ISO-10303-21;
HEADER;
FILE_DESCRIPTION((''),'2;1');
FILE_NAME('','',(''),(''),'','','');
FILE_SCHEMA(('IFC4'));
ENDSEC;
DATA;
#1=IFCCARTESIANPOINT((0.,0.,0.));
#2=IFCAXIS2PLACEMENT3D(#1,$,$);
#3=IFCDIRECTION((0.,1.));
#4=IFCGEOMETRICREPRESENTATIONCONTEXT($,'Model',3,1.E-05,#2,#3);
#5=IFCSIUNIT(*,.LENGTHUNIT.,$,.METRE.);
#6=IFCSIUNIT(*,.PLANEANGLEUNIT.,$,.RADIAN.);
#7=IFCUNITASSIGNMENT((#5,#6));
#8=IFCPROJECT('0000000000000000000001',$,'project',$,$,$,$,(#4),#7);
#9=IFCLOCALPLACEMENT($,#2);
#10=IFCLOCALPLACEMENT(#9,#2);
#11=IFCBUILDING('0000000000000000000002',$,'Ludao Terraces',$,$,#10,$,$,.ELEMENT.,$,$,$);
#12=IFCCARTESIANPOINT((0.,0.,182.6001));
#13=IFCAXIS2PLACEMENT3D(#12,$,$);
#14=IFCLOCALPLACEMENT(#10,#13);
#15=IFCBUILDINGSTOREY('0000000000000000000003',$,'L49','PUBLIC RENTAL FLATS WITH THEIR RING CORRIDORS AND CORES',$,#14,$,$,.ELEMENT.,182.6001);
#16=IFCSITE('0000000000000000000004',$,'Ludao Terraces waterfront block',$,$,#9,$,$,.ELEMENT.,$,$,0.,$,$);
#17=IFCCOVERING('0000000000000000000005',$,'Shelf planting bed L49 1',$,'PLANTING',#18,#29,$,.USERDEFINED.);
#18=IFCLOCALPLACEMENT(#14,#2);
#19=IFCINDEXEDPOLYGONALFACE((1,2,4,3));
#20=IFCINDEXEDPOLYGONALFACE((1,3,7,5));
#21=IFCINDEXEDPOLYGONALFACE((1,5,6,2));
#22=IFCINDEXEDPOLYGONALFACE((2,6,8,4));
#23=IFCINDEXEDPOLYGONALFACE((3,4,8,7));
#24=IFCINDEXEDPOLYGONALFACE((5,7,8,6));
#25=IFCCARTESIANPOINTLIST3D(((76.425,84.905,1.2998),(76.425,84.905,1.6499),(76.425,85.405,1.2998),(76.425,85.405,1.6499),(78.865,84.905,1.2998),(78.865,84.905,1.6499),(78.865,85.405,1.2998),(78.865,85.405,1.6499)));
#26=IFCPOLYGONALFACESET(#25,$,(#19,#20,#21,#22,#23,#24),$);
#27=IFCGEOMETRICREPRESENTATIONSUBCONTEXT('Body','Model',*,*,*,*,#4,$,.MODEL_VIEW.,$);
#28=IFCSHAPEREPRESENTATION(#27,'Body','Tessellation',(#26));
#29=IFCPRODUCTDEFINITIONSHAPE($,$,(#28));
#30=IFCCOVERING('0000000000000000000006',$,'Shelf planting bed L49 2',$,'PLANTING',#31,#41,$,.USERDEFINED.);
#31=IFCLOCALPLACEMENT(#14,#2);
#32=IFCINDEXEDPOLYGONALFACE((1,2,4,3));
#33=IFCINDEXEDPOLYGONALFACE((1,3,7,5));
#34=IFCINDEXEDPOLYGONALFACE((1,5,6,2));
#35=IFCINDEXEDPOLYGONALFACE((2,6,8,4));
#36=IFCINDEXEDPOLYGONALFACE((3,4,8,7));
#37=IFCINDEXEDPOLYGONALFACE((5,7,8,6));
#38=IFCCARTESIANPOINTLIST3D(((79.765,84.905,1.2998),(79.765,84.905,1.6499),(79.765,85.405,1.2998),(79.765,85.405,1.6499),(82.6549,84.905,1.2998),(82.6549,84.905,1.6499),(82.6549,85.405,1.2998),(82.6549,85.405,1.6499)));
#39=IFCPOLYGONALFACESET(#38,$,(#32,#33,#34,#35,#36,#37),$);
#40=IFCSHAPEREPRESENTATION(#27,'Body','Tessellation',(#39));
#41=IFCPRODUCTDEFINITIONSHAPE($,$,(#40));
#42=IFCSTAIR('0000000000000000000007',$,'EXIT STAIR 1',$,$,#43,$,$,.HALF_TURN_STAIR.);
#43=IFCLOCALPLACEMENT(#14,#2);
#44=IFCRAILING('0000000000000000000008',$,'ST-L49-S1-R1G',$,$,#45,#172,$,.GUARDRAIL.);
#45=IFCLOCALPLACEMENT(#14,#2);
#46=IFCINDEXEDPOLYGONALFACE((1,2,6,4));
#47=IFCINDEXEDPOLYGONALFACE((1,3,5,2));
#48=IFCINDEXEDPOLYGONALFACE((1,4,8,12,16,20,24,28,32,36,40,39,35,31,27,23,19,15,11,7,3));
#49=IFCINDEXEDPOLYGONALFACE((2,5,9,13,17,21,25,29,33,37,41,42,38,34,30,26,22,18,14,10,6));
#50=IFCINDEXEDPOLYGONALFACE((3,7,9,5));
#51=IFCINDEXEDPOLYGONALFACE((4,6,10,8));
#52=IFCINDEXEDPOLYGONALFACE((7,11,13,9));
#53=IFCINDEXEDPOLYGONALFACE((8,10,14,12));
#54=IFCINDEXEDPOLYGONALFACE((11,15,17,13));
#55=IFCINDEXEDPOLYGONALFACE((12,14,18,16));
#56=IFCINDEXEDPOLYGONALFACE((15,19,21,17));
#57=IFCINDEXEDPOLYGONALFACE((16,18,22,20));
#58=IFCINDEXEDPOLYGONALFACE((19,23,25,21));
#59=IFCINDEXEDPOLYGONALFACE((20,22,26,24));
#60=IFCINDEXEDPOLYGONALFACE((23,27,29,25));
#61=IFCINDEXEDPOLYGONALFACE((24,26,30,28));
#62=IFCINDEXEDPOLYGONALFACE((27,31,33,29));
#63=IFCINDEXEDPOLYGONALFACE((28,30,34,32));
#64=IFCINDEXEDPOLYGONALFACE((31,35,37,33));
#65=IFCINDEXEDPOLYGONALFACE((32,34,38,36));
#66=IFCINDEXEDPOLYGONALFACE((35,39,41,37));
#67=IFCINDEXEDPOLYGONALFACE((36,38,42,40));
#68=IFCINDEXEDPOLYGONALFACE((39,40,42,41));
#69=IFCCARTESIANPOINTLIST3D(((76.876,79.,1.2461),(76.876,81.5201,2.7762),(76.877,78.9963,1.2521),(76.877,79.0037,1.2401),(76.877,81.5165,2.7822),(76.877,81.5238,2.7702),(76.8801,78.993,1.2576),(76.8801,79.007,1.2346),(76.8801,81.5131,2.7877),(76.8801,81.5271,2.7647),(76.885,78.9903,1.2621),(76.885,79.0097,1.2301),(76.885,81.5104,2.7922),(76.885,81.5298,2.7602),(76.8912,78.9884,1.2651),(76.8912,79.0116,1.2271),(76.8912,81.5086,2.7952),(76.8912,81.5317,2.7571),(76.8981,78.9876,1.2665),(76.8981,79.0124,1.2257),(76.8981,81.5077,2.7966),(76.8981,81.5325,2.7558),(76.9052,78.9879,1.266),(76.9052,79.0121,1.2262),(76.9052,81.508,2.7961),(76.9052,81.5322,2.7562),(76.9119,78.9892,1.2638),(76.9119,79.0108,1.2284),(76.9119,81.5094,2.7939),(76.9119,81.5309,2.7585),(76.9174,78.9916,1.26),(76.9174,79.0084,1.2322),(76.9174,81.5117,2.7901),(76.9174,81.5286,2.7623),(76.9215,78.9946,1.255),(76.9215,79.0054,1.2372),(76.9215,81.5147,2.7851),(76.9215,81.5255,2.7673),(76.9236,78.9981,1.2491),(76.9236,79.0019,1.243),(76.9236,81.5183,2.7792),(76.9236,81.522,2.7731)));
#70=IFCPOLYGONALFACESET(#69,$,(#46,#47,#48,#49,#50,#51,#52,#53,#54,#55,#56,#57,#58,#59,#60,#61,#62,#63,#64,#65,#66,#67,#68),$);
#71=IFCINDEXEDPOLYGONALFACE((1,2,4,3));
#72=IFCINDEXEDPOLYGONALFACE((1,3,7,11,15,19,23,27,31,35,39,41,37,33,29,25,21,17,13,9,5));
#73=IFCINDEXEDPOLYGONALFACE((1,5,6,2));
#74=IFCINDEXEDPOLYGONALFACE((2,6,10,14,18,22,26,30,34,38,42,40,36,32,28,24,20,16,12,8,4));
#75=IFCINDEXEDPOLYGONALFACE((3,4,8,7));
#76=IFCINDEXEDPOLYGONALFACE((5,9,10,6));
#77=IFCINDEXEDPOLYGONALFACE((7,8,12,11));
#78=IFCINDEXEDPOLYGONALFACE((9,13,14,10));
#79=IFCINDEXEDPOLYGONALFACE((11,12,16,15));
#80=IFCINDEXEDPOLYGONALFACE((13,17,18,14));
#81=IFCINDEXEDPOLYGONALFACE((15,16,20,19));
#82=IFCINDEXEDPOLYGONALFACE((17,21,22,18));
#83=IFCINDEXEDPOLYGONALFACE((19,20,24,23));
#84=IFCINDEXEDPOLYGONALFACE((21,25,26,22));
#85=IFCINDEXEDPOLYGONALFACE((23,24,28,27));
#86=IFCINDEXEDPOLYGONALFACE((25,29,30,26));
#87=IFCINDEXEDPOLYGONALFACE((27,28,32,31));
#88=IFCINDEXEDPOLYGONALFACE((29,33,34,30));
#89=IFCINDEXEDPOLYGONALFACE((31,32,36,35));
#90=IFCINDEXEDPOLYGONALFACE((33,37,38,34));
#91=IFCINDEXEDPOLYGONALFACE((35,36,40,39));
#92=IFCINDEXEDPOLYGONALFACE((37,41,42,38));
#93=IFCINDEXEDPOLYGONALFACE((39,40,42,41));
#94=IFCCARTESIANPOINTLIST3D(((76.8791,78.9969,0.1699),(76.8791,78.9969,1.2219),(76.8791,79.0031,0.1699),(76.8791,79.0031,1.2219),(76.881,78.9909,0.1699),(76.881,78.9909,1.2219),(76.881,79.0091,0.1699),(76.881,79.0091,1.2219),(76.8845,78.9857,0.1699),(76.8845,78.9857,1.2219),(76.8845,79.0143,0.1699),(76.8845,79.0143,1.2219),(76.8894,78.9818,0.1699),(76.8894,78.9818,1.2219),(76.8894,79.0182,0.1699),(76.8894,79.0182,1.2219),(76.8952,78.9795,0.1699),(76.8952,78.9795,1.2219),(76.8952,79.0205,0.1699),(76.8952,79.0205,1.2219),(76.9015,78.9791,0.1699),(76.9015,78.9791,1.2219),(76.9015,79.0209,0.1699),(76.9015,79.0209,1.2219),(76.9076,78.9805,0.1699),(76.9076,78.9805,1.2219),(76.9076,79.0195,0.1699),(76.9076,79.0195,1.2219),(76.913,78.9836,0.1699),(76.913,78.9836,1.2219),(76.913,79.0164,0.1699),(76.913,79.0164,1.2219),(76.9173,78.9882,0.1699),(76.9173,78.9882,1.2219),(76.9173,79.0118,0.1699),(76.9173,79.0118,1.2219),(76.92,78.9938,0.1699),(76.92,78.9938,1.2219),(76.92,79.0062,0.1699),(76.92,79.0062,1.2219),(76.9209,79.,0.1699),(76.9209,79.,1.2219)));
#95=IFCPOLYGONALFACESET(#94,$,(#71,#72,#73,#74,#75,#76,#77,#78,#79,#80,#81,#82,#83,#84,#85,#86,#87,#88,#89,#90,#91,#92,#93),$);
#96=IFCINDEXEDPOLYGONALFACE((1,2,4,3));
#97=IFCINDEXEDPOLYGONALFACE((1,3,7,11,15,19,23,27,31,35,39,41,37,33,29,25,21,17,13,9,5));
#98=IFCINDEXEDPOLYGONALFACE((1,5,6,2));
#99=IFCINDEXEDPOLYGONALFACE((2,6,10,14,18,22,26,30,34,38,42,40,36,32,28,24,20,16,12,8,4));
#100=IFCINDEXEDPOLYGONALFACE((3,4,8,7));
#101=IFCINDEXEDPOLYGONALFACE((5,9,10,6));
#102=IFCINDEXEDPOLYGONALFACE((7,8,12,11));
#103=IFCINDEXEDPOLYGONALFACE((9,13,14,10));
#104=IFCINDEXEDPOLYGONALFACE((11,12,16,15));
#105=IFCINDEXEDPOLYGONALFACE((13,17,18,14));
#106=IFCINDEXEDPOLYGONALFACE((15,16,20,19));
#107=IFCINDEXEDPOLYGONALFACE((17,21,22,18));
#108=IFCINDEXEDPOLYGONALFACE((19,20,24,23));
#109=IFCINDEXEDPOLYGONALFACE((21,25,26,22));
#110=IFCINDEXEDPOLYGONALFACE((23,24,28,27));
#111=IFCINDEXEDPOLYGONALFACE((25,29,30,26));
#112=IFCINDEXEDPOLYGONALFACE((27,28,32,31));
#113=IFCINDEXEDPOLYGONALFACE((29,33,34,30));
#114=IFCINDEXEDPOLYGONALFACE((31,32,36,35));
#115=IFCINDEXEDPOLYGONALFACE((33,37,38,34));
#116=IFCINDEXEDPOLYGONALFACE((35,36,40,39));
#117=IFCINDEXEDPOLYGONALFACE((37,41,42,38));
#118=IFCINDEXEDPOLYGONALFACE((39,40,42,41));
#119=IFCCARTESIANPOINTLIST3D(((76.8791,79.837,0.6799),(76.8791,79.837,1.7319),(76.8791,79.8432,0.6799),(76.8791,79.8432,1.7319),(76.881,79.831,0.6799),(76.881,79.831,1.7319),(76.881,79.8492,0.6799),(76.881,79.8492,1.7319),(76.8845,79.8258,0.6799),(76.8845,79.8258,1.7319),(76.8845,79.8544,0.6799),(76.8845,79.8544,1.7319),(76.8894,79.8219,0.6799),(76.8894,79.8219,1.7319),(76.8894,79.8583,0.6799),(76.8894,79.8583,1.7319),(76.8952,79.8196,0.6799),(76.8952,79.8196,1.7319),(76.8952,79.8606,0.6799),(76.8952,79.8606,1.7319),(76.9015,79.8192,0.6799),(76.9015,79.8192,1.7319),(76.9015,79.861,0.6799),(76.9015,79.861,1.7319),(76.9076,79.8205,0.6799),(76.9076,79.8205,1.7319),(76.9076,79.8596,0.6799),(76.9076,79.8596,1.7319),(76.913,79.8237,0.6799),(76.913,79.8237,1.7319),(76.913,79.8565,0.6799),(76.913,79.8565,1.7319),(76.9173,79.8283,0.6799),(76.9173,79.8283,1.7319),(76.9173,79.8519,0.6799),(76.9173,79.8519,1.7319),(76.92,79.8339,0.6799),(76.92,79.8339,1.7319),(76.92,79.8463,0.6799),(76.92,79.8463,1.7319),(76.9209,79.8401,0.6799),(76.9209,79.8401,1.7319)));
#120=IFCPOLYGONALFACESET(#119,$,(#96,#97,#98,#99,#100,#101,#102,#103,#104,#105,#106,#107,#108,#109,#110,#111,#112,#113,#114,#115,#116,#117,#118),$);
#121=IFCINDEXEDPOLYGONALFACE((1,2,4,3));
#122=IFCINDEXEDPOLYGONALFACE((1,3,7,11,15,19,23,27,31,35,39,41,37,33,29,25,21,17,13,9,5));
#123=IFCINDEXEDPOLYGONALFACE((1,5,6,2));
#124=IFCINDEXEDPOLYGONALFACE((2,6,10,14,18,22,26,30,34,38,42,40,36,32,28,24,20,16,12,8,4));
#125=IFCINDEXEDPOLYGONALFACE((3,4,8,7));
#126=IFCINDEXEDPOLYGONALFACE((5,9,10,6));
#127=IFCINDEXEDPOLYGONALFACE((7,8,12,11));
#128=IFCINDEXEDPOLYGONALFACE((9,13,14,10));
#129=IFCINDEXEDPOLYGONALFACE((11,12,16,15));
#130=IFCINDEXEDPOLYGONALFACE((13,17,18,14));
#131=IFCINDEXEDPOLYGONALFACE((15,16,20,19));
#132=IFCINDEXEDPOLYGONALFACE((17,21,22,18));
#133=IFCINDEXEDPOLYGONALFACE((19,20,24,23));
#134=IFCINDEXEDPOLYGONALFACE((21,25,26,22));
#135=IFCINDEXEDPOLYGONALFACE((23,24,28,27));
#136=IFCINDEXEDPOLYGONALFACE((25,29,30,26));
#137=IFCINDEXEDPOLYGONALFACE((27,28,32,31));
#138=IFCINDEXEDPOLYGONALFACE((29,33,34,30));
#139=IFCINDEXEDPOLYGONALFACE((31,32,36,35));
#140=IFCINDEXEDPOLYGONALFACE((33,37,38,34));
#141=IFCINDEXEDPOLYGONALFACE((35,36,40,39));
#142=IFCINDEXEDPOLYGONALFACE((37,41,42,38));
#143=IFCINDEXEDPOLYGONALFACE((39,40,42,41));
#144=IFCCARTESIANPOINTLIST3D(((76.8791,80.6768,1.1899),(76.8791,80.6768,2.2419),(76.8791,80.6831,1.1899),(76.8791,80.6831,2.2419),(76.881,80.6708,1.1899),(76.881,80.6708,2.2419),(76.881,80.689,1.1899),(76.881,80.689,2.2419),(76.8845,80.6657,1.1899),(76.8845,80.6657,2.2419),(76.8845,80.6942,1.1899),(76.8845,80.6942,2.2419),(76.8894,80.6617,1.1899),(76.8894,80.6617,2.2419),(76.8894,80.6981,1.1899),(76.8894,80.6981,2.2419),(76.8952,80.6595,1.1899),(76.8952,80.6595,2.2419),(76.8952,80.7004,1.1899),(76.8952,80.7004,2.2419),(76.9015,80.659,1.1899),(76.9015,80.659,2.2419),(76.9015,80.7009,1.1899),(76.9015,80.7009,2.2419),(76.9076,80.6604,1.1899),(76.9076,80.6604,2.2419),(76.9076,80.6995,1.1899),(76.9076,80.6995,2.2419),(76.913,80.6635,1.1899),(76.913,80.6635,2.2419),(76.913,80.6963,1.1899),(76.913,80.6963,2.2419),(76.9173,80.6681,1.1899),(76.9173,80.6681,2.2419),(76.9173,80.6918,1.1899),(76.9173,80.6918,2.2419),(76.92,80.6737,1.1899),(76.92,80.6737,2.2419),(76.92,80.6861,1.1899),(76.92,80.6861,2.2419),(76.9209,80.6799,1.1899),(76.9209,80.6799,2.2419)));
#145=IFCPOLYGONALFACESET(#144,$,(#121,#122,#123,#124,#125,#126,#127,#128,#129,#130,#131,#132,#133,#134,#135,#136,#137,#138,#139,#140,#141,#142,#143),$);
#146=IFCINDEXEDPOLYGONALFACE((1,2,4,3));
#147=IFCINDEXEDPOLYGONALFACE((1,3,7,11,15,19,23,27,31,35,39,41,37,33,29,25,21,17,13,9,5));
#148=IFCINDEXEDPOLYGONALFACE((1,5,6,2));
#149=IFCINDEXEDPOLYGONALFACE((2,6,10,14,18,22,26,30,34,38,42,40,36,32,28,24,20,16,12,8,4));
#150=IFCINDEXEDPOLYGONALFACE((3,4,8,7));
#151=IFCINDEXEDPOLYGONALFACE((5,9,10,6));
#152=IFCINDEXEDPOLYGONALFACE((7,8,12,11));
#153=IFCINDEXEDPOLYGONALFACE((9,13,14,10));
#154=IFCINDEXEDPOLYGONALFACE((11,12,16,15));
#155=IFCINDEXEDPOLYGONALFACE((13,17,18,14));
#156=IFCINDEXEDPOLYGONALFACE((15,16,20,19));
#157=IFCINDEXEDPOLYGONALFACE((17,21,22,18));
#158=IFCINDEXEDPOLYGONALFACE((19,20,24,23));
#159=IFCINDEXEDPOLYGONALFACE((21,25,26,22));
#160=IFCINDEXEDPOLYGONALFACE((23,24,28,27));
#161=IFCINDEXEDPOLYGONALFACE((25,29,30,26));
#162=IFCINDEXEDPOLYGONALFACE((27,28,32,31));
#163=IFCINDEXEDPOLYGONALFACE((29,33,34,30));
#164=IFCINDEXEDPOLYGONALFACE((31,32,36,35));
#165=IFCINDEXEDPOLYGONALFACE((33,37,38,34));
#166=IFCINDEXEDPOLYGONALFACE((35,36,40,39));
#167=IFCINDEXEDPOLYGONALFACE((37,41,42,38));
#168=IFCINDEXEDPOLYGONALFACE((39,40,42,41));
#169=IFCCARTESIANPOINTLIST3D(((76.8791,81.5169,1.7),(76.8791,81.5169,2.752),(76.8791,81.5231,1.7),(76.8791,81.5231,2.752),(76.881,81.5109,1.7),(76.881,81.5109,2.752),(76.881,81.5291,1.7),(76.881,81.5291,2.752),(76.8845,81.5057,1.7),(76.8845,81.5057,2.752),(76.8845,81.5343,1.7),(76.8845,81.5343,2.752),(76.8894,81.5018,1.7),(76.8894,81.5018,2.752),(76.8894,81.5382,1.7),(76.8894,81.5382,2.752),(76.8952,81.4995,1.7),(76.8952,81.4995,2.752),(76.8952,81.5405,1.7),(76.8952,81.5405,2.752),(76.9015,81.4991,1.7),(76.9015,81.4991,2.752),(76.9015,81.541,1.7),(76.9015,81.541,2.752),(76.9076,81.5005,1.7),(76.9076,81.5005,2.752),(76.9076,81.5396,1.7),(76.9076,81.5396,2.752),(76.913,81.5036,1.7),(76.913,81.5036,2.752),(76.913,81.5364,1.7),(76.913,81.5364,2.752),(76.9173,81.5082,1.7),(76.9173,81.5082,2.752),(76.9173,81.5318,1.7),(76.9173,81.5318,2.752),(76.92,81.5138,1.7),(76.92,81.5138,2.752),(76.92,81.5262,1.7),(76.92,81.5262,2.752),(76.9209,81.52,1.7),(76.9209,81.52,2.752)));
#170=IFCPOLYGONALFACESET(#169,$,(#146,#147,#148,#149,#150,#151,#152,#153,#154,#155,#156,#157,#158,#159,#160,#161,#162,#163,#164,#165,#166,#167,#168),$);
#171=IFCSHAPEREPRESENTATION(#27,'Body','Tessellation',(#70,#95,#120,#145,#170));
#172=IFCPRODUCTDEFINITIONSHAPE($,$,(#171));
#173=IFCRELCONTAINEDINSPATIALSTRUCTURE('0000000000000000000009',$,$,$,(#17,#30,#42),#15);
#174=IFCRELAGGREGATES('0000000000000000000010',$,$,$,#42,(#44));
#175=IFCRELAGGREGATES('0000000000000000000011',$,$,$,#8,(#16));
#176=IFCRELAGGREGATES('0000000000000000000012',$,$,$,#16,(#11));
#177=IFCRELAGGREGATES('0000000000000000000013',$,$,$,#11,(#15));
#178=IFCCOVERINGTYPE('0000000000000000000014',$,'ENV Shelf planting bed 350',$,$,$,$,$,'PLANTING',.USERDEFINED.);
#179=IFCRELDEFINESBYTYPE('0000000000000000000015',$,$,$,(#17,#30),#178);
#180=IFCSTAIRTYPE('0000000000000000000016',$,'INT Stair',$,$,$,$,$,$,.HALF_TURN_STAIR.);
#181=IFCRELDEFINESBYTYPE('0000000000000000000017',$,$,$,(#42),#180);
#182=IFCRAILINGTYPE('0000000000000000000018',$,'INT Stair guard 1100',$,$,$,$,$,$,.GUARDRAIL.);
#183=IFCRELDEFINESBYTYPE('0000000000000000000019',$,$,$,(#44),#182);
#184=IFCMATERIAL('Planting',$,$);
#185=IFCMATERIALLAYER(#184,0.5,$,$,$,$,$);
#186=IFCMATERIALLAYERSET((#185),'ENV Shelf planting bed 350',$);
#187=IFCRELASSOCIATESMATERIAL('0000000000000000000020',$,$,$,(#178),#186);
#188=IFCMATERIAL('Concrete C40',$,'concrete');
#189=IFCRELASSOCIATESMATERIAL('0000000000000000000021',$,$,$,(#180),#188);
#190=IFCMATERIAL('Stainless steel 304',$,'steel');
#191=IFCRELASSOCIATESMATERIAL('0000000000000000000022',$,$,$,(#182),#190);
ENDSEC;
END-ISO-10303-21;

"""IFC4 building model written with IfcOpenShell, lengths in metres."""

from ifc_helpers import new_model, si_unit, direction, frame, origin, origin_2d, place, context, subcontext, project, spatial, rectangle, circle, extrude, material, layer, layer_set, type_object, element, aggregate, save


model = new_model("IFC4")

# Units and contexts
model_context = context("Model", 3, precision=1e-05, world=origin(), true_north=direction((0.0, 1.0)))
body_context = subcontext(model_context, "Body", "Model", "MODEL_VIEW")
ifc_project = project(units=[si_unit("LENGTHUNIT", "METRE"), si_unit("PLANEANGLEUNIT", "RADIAN")], contexts=[model_context])

# Site, building, storey
site_placement = place(None, origin())
site = spatial("IfcSite", under=ifc_project, at=site_placement, Name="Ludao Terraces waterfront block", CompositionType="ELEMENT", RefElevation=0.0)
building_placement = place(site_placement, origin())
building = spatial("IfcBuilding", under=site, at=building_placement, Name="Ludao Terraces", CompositionType="ELEMENT")
storey_placement = place(building_placement, frame((0.0, 0.0, 182.6001)))
storey = spatial("IfcBuildingStorey", under=building, at=storey_placement, Name="L49", Description="PUBLIC RENTAL FLATS WITH THEIR RING CORRIDORS AND CORES", CompositionType="ELEMENT", Elevation=182.6001)

# Shared definitions
ifc_material_1 = material(Name="Stainless steel 304", Category="steel")

# Coverings
ifc_material_2 = material(Name="Planting")
ifc_layer_1 = layer(ifc_material_2, 0.5)
ifc_layer_set_1 = layer_set([ifc_layer_1], Name="ENV Shelf planting bed 350")
covering_type_1 = type_object("IfcCoveringType", Name="ENV Shelf planting bed 350", ElementType="PLANTING", PredefinedType="USERDEFINED", material=ifc_layer_set_1)
covering_1_placement = place(storey_placement, frame((77.645, 85.155, 1.2998), z_axis=(0.0, 0.0, 1.0), x_axis=(1.0, 0.0, 0.0)))
element("IfcCovering", 1, at=covering_1_placement, inside=storey, type_object=covering_type_1, Name="Shelf planting bed L49 1", ObjectType="PLANTING", PredefinedType="USERDEFINED", context=body_context, shape_type="SweptSolid", body=[
    extrude(rectangle(XDim=2.4399, YDim=0.5, at=origin_2d()), origin(), (0.0, 0.0, 1.0), 0.3501),
])
covering_2_placement = place(storey_placement, frame((81.21, 85.155, 1.2998), z_axis=(0.0, 0.0, 1.0), x_axis=(1.0, 0.0, 0.0)))
element("IfcCovering", 2, at=covering_2_placement, inside=storey, type_object=covering_type_1, Name="Shelf planting bed L49 2", ObjectType="PLANTING", PredefinedType="USERDEFINED", context=body_context, shape_type="SweptSolid", body=[
    extrude(rectangle(XDim=2.8899, YDim=0.5, at=origin_2d()), origin(), (0.0, 0.0, 1.0), 0.3501),
])

# Stair, railing
ifc_material_3 = material(Name="Concrete C40", Category="concrete")
stair_type = type_object("IfcStairType", Name="INT Stair", PredefinedType="HALF_TURN_STAIR", material=ifc_material_3)
stair_placement = place(storey_placement, origin())
stair = element("IfcStair", 3, at=stair_placement, inside=storey, type_object=stair_type, Name="EXIT STAIR 1", PredefinedType="HALF_TURN_STAIR")
railing_type_1 = type_object("IfcRailingType", Name="INT Stair guard 1100", PredefinedType="GUARDRAIL", material=ifc_material_1)
railing_1_placement = place(storey_placement, frame((76.8999, 79.0, 0.1699)))
railing_1 = element("IfcRailing", 4, at=railing_1_placement, type_object=railing_type_1, Name="ST-L49-S1-R1G", PredefinedType="GUARDRAIL", context=body_context, shape_type="SweptSolid", body=[
    extrude(circle(Radius=0.0239, at=origin_2d()), frame((0.0, 0.0, 1.0762), z_axis=(0.0, 0.854785, 0.518982), x_axis=(-1.0, 0.0, 0.0)), (0.0, 0.0, 1.0), 2.9482),
    extrude(circle(Radius=0.021, at=origin_2d()), origin(), (0.0, 0.0, 1.0), 1.052),
    extrude(circle(Radius=0.021, at=origin_2d()), frame((0.0, 0.8401, 0.51)), (0.0, 0.0, 1.0), 1.052),
    extrude(circle(Radius=0.021, at=origin_2d()), frame((0.0, 1.6799, 1.02)), (0.0, 0.0, 1.0), 1.052),
    extrude(circle(Radius=0.021, at=origin_2d()), frame((0.0, 2.52, 1.53)), (0.0, 0.0, 1.0), 1.052),
])
aggregate(stair, [railing_1])

save(model, "model.ifc")
